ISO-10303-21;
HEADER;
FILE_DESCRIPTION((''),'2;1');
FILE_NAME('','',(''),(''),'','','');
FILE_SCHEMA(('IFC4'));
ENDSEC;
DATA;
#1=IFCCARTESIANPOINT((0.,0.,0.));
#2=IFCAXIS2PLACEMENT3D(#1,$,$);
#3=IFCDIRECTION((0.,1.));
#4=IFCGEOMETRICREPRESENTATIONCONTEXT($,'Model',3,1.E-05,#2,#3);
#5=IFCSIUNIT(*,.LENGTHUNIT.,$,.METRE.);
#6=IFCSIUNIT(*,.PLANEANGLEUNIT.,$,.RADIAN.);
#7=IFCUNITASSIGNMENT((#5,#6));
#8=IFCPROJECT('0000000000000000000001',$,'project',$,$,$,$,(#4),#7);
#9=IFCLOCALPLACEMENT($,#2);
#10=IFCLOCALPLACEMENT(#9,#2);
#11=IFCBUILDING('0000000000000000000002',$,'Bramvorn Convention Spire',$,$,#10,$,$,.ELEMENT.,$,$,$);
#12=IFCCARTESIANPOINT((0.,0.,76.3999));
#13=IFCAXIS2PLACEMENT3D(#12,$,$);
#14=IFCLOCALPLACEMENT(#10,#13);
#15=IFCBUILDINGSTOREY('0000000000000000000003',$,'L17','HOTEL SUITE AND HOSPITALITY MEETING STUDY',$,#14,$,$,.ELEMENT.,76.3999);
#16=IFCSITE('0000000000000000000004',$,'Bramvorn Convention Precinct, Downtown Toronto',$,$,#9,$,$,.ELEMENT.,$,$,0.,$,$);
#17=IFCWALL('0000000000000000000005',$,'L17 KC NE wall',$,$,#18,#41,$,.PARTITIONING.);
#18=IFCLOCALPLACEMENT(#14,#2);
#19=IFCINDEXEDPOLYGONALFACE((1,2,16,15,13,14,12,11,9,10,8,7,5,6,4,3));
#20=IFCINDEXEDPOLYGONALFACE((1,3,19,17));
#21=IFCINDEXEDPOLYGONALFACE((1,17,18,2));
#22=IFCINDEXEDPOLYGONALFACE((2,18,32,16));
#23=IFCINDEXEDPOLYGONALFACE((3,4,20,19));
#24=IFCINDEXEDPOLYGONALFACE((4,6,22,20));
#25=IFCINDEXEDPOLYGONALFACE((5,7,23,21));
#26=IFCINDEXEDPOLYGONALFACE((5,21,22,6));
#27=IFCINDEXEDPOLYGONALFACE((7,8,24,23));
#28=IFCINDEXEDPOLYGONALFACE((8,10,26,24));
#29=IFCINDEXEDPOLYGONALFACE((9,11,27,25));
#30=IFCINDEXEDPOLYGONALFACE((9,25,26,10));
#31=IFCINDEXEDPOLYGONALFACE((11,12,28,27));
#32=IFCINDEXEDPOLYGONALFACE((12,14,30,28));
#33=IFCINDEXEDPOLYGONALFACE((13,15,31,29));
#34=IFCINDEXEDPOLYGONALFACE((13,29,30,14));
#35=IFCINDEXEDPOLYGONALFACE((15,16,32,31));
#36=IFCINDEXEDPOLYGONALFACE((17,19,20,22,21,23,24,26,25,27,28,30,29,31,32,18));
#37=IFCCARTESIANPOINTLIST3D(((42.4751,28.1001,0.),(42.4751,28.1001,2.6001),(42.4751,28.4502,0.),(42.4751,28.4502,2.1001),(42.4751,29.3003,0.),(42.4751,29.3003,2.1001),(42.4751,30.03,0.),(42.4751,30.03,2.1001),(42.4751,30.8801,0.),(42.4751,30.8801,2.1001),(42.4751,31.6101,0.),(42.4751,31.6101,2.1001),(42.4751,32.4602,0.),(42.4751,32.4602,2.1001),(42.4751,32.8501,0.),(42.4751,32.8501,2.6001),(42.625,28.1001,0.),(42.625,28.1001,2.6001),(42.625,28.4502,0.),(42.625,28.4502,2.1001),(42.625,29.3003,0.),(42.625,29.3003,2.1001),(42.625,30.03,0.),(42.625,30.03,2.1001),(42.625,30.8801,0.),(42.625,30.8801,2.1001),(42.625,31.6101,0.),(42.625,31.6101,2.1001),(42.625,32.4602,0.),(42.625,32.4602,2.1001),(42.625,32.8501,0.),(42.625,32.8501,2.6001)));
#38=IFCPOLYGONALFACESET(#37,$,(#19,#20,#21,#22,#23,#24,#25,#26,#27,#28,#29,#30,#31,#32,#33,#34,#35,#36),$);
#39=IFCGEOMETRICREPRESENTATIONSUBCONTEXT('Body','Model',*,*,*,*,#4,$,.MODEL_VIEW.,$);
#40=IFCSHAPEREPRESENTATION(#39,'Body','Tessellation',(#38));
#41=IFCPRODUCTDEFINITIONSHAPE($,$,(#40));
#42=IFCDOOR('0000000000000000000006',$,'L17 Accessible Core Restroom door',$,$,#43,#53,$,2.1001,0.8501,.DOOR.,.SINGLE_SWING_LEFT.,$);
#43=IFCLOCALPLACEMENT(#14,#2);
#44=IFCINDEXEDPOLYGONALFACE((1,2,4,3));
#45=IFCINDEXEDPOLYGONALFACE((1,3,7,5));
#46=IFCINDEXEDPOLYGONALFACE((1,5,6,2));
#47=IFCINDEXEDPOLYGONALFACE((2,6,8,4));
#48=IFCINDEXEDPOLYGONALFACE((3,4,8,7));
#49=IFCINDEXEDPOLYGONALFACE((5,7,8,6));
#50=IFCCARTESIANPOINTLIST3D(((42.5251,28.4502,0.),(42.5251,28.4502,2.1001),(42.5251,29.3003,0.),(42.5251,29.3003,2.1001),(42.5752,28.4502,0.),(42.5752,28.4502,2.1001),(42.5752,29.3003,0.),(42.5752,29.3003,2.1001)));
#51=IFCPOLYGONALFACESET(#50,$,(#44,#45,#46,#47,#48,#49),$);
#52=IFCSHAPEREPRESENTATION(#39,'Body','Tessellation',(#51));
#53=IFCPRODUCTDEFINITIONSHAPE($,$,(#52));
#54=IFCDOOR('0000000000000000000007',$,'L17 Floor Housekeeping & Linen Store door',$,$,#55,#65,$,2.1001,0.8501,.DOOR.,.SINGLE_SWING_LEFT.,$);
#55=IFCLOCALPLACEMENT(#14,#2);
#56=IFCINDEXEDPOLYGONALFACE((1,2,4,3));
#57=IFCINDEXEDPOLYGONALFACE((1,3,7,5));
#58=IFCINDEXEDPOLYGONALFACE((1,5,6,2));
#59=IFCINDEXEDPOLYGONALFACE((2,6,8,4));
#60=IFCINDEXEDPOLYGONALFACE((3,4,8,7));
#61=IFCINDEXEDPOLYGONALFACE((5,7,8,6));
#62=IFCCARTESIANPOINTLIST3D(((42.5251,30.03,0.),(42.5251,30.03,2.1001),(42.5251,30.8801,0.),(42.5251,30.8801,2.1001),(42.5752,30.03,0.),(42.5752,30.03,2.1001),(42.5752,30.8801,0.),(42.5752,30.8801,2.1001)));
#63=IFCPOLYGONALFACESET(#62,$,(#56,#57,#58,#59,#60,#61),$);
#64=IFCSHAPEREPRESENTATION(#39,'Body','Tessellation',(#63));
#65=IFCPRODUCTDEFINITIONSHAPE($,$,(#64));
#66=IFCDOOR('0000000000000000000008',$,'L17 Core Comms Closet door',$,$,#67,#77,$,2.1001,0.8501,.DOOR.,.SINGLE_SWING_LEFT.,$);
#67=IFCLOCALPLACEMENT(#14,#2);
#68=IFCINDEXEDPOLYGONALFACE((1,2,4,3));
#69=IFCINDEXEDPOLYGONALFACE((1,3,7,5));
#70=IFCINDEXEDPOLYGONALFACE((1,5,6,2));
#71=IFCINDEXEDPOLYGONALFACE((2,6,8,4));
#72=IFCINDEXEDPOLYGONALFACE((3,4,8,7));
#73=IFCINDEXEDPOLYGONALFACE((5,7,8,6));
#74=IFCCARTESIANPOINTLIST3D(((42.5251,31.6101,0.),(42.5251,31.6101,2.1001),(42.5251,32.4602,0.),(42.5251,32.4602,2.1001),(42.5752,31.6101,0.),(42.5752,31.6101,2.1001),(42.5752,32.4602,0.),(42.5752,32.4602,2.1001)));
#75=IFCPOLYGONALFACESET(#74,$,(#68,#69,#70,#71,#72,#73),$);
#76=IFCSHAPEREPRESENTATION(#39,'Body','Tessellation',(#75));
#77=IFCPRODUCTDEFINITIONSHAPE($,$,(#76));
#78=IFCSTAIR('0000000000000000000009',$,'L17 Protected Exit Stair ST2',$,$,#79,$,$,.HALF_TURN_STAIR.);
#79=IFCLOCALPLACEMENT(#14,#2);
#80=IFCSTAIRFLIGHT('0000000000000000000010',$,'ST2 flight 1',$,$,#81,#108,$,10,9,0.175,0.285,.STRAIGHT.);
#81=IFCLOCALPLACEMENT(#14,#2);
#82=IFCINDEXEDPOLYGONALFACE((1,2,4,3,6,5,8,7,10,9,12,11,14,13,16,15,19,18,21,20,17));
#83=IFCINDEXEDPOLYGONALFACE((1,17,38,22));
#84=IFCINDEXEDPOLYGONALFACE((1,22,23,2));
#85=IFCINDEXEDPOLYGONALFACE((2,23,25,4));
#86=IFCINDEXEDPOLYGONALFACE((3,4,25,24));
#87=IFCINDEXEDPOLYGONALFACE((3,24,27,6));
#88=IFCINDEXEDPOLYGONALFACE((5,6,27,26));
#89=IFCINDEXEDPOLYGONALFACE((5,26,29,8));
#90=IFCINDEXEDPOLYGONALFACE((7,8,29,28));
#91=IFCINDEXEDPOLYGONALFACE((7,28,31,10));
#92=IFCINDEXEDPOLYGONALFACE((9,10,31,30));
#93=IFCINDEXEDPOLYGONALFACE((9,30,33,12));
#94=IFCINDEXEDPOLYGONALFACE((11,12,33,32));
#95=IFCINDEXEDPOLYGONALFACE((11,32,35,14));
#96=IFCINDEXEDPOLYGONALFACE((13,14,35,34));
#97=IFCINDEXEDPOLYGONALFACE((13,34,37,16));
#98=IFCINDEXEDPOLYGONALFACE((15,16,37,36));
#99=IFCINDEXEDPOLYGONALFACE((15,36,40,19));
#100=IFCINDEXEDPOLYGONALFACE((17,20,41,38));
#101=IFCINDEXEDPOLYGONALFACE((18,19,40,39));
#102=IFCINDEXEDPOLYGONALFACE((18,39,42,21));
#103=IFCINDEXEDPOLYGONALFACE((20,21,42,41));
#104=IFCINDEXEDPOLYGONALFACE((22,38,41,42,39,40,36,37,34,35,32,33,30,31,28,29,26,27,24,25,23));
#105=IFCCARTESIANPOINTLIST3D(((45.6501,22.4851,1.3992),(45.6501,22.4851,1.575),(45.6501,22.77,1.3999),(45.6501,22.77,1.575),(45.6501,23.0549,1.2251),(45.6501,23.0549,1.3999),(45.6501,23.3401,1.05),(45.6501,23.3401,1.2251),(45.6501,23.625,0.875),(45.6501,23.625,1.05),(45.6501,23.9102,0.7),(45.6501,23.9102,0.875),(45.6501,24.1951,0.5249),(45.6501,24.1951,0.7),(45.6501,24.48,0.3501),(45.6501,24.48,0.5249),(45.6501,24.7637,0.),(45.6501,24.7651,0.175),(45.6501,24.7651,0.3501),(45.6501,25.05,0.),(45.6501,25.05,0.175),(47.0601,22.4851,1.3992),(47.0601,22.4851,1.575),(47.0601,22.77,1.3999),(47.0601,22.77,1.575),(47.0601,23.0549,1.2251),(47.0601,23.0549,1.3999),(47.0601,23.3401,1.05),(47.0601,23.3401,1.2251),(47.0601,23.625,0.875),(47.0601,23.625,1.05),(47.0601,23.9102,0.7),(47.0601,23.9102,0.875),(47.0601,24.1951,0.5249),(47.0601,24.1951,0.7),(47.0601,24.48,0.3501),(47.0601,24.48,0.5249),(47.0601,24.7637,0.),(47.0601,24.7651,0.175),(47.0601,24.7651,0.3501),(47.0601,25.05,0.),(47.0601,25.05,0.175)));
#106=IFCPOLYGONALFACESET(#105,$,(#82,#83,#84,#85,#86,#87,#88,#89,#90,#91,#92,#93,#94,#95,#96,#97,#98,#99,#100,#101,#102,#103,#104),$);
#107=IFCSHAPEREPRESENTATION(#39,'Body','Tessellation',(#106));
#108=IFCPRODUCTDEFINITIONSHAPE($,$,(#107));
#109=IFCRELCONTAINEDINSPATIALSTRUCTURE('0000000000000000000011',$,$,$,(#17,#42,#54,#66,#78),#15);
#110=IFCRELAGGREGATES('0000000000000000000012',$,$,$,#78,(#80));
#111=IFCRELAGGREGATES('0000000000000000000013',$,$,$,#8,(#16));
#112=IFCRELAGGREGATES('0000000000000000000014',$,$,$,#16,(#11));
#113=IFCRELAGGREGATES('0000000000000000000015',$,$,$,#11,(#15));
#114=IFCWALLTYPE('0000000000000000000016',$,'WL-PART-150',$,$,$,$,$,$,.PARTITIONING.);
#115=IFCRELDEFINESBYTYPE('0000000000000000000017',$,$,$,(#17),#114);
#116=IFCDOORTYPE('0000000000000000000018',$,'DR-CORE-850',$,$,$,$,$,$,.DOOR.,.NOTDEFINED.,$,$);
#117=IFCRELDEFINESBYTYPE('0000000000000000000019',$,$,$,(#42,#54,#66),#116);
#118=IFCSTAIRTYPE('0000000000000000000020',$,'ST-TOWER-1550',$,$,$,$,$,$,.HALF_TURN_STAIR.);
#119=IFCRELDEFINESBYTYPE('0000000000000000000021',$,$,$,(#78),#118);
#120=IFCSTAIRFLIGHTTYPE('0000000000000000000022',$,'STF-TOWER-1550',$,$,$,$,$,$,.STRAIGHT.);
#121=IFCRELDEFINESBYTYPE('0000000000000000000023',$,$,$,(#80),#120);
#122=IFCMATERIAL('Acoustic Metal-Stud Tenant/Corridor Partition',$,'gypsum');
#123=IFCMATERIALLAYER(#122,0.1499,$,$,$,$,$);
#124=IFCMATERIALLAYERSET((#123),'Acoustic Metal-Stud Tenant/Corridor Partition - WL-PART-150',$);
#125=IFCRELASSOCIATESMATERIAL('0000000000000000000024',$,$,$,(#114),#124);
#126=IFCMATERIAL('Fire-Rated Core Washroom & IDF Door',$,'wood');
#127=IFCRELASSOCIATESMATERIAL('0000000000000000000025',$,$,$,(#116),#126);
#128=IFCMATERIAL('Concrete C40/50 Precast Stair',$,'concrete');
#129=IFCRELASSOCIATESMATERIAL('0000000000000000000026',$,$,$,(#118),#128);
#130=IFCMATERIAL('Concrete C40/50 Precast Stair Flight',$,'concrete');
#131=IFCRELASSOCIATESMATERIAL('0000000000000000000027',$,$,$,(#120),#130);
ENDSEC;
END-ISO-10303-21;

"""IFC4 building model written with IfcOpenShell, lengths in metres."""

from ifc_helpers import new_model, si_unit, direction, frame, frame_2d, origin, place, context, subcontext, project, spatial, polyline, rectangle, outline, extrude, material, layer, layer_set, type_object, element, fill, aggregate, save


model = new_model("IFC4")

# Units and contexts
model_context = context("Model", 3, precision=1e-05, world=origin(), true_north=direction((0.0, 1.0)))
body_context = subcontext(model_context, "Body", "Model", "MODEL_VIEW")
ifc_project = project(units=[si_unit("LENGTHUNIT", "METRE"), si_unit("PLANEANGLEUNIT", "RADIAN")], contexts=[model_context])

# Site, building, storey
site_placement = place(None, origin())
site = spatial("IfcSite", under=ifc_project, at=site_placement, Name="Bramvorn Convention Precinct, Downtown Toronto", CompositionType="ELEMENT", RefElevation=0.0)
building_placement = place(site_placement, origin())
building = spatial("IfcBuilding", under=site, at=building_placement, Name="Bramvorn Convention Spire", CompositionType="ELEMENT")
storey_placement = place(building_placement, frame((0.0, 0.0, 76.3999)))
storey = spatial("IfcBuildingStorey", under=building, at=storey_placement, Name="L17", Description="HOTEL SUITE AND HOSPITALITY MEETING STUDY", CompositionType="ELEMENT", Elevation=76.3999)

# Wall, openings, doors
ifc_material_1 = material(Name="Acoustic Metal-Stud Tenant/Corridor Partition", Category="gypsum")
ifc_layer_1 = layer(ifc_material_1, 0.1499)
ifc_layer_set_1 = layer_set([ifc_layer_1], Name="Acoustic Metal-Stud Tenant/Corridor Partition - WL-PART-150")
wall_type_1 = type_object("IfcWallType", Name="WL-PART-150", PredefinedType="PARTITIONING", material=ifc_layer_set_1)
wall_1_placement = place(storey_placement, frame((42.55, 28.1001, 0.0), z_axis=(0.0, 0.0, 1.0), x_axis=(0.0, 1.0, 0.0)))
wall_1 = element("IfcWall", 1, at=wall_1_placement, inside=storey, type_object=wall_type_1, Name="L17 KC NE wall", PredefinedType="PARTITIONING", context=body_context, shape_type="SweptSolid", body=[
    extrude(rectangle(XDim=4.75, YDim=0.1499, at=frame_2d((2.375, 0.0))), origin(), (0.0, 0.0, 1.0), 2.6001),
])
opening_1_placement = place(wall_1_placement, frame((0.3501, 0.0, 0.0)))
opening_1 = element("IfcOpeningElement", 2, at=opening_1_placement, cuts=wall_1, PredefinedType="OPENING", context=body_context, shape_type="SweptSolid", body=[
    extrude(rectangle(XDim=0.8501, YDim=2.1001, at=frame_2d((0.425, 1.05))), frame((0.0, 0.085, 0.0), z_axis=(0.0, -1.0, 0.0), x_axis=(1.0, 0.0, 0.0)), (0.0, 0.0, 1.0), 0.1699),
])
opening_2_placement = place(wall_1_placement, frame((1.9299, 0.0, 0.0)))
opening_2 = element("IfcOpeningElement", 3, at=opening_2_placement, cuts=wall_1, PredefinedType="OPENING", context=body_context, shape_type="SweptSolid", body=[
    extrude(rectangle(XDim=0.8501, YDim=2.1001, at=frame_2d((0.425, 1.05))), frame((0.0, 0.085, 0.0), z_axis=(0.0, -1.0, 0.0), x_axis=(1.0, 0.0, 0.0)), (0.0, 0.0, 1.0), 0.1699),
])
opening_3_placement = place(wall_1_placement, frame((3.51, 0.0, 0.0)))
opening_3 = element("IfcOpeningElement", 4, at=opening_3_placement, cuts=wall_1, PredefinedType="OPENING", context=body_context, shape_type="SweptSolid", body=[
    extrude(rectangle(XDim=0.8501, YDim=2.1001, at=frame_2d((0.425, 1.05))), frame((0.0, 0.085, 0.0), z_axis=(0.0, -1.0, 0.0), x_axis=(1.0, 0.0, 0.0)), (0.0, 0.0, 1.0), 0.1699),
])
ifc_material_2 = material(Name="Fire-Rated Core Washroom & IDF Door", Category="wood")
door_type_1 = type_object("IfcDoorType", Name="DR-CORE-850", OperationType="NOTDEFINED", PredefinedType="DOOR", material=ifc_material_2)
door_1_placement = place(opening_1_placement, origin())
door_1 = element("IfcDoor", 5, at=door_1_placement, inside=storey, type_object=door_type_1, Name="L17 Accessible Core Restroom door", OperationType="SINGLE_SWING_LEFT", OverallHeight=2.1001, OverallWidth=0.8501, PredefinedType="DOOR", context=body_context, shape_type="SweptSolid", body=[
    extrude(rectangle(XDim=0.8501, YDim=2.1001, at=frame_2d((0.425, 1.05))), frame((0.0, 0.0249, 0.0), z_axis=(0.0, -1.0, 0.0), x_axis=(1.0, 0.0, 0.0)), (0.0, 0.0, 1.0), 0.05),
])
fill(opening_1, door_1)
door_2_placement = place(opening_2_placement, origin())
door_2 = element("IfcDoor", 6, at=door_2_placement, inside=storey, type_object=door_type_1, Name="L17 Floor Housekeeping & Linen Store door", OperationType="SINGLE_SWING_LEFT", OverallHeight=2.1001, OverallWidth=0.8501, PredefinedType="DOOR", context=body_context, shape_type="SweptSolid", body=[
    extrude(rectangle(XDim=0.8501, YDim=2.1001, at=frame_2d((0.425, 1.05))), frame((0.0, 0.0249, 0.0), z_axis=(0.0, -1.0, 0.0), x_axis=(1.0, 0.0, 0.0)), (0.0, 0.0, 1.0), 0.05),
])
fill(opening_2, door_2)
door_3_placement = place(opening_3_placement, origin())
door_3 = element("IfcDoor", 7, at=door_3_placement, inside=storey, type_object=door_type_1, Name="L17 Core Comms Closet door", OperationType="SINGLE_SWING_LEFT", OverallHeight=2.1001, OverallWidth=0.8501, PredefinedType="DOOR", context=body_context, shape_type="SweptSolid", body=[
    extrude(rectangle(XDim=0.8501, YDim=2.1001, at=frame_2d((0.425, 1.05))), frame((0.0, 0.0249, 0.0), z_axis=(0.0, -1.0, 0.0), x_axis=(1.0, 0.0, 0.0)), (0.0, 0.0, 1.0), 0.05),
])
fill(opening_3, door_3)

# Stair, stair flight
ifc_material_3 = material(Name="Concrete C40/50 Precast Stair", Category="concrete")
stair_type = type_object("IfcStairType", Name="ST-TOWER-1550", PredefinedType="HALF_TURN_STAIR", material=ifc_material_3)
stair_placement = place(storey_placement, origin())
stair = element("IfcStair", 8, at=stair_placement, inside=storey, type_object=stair_type, Name="L17 Protected Exit Stair ST2", PredefinedType="HALF_TURN_STAIR")
ifc_material_4 = material(Name="Concrete C40/50 Precast Stair Flight", Category="concrete")
stair_flight_type = type_object("IfcStairFlightType", Name="STF-TOWER-1550", PredefinedType="STRAIGHT", material=ifc_material_4)
stair_flight_placement = place(storey_placement, frame((46.355, 25.05, 0.0), z_axis=(0.0, 0.0, 1.0), x_axis=(0.0, -1.0, 0.0)))
stair_flight = element("IfcStairFlight", 9, at=stair_flight_placement, type_object=stair_flight_type, Name="ST2 flight 1", NumberOfRisers=10, NumberOfTreads=9, PredefinedType="STRAIGHT", RiserHeight=0.175, TreadLength=0.285, context=body_context, shape_type="SweptSolid", body=[
    extrude(outline(polyline([(0.0, 0.0), (0.0, 0.175), (0.2849, 0.175), (0.2849, 0.3501), (0.5701, 0.3501), (0.5701, 0.5249), (0.855, 0.5249), (0.855, 0.7), (1.1399, 0.7), (1.1399, 0.875), (1.425, 0.875), (1.425, 1.05), (1.71, 1.05), (1.71, 1.2251), (1.9951, 1.2251), (1.9951, 1.3999), (2.28, 1.3999), (2.28, 1.575), (2.5649, 1.575), (2.5649, 1.75), (2.5649, 1.3992), (0.2864, 0.0), (0.0, 0.0)])), frame((0.0, 0.7051, 0.0), z_axis=(0.0, -1.0, 0.0), x_axis=(1.0, 0.0, 0.0)), (0.0, 0.0, 1.0), 1.4099),
])
aggregate(stair, [stair_flight])

save(model, "model.ifc")
